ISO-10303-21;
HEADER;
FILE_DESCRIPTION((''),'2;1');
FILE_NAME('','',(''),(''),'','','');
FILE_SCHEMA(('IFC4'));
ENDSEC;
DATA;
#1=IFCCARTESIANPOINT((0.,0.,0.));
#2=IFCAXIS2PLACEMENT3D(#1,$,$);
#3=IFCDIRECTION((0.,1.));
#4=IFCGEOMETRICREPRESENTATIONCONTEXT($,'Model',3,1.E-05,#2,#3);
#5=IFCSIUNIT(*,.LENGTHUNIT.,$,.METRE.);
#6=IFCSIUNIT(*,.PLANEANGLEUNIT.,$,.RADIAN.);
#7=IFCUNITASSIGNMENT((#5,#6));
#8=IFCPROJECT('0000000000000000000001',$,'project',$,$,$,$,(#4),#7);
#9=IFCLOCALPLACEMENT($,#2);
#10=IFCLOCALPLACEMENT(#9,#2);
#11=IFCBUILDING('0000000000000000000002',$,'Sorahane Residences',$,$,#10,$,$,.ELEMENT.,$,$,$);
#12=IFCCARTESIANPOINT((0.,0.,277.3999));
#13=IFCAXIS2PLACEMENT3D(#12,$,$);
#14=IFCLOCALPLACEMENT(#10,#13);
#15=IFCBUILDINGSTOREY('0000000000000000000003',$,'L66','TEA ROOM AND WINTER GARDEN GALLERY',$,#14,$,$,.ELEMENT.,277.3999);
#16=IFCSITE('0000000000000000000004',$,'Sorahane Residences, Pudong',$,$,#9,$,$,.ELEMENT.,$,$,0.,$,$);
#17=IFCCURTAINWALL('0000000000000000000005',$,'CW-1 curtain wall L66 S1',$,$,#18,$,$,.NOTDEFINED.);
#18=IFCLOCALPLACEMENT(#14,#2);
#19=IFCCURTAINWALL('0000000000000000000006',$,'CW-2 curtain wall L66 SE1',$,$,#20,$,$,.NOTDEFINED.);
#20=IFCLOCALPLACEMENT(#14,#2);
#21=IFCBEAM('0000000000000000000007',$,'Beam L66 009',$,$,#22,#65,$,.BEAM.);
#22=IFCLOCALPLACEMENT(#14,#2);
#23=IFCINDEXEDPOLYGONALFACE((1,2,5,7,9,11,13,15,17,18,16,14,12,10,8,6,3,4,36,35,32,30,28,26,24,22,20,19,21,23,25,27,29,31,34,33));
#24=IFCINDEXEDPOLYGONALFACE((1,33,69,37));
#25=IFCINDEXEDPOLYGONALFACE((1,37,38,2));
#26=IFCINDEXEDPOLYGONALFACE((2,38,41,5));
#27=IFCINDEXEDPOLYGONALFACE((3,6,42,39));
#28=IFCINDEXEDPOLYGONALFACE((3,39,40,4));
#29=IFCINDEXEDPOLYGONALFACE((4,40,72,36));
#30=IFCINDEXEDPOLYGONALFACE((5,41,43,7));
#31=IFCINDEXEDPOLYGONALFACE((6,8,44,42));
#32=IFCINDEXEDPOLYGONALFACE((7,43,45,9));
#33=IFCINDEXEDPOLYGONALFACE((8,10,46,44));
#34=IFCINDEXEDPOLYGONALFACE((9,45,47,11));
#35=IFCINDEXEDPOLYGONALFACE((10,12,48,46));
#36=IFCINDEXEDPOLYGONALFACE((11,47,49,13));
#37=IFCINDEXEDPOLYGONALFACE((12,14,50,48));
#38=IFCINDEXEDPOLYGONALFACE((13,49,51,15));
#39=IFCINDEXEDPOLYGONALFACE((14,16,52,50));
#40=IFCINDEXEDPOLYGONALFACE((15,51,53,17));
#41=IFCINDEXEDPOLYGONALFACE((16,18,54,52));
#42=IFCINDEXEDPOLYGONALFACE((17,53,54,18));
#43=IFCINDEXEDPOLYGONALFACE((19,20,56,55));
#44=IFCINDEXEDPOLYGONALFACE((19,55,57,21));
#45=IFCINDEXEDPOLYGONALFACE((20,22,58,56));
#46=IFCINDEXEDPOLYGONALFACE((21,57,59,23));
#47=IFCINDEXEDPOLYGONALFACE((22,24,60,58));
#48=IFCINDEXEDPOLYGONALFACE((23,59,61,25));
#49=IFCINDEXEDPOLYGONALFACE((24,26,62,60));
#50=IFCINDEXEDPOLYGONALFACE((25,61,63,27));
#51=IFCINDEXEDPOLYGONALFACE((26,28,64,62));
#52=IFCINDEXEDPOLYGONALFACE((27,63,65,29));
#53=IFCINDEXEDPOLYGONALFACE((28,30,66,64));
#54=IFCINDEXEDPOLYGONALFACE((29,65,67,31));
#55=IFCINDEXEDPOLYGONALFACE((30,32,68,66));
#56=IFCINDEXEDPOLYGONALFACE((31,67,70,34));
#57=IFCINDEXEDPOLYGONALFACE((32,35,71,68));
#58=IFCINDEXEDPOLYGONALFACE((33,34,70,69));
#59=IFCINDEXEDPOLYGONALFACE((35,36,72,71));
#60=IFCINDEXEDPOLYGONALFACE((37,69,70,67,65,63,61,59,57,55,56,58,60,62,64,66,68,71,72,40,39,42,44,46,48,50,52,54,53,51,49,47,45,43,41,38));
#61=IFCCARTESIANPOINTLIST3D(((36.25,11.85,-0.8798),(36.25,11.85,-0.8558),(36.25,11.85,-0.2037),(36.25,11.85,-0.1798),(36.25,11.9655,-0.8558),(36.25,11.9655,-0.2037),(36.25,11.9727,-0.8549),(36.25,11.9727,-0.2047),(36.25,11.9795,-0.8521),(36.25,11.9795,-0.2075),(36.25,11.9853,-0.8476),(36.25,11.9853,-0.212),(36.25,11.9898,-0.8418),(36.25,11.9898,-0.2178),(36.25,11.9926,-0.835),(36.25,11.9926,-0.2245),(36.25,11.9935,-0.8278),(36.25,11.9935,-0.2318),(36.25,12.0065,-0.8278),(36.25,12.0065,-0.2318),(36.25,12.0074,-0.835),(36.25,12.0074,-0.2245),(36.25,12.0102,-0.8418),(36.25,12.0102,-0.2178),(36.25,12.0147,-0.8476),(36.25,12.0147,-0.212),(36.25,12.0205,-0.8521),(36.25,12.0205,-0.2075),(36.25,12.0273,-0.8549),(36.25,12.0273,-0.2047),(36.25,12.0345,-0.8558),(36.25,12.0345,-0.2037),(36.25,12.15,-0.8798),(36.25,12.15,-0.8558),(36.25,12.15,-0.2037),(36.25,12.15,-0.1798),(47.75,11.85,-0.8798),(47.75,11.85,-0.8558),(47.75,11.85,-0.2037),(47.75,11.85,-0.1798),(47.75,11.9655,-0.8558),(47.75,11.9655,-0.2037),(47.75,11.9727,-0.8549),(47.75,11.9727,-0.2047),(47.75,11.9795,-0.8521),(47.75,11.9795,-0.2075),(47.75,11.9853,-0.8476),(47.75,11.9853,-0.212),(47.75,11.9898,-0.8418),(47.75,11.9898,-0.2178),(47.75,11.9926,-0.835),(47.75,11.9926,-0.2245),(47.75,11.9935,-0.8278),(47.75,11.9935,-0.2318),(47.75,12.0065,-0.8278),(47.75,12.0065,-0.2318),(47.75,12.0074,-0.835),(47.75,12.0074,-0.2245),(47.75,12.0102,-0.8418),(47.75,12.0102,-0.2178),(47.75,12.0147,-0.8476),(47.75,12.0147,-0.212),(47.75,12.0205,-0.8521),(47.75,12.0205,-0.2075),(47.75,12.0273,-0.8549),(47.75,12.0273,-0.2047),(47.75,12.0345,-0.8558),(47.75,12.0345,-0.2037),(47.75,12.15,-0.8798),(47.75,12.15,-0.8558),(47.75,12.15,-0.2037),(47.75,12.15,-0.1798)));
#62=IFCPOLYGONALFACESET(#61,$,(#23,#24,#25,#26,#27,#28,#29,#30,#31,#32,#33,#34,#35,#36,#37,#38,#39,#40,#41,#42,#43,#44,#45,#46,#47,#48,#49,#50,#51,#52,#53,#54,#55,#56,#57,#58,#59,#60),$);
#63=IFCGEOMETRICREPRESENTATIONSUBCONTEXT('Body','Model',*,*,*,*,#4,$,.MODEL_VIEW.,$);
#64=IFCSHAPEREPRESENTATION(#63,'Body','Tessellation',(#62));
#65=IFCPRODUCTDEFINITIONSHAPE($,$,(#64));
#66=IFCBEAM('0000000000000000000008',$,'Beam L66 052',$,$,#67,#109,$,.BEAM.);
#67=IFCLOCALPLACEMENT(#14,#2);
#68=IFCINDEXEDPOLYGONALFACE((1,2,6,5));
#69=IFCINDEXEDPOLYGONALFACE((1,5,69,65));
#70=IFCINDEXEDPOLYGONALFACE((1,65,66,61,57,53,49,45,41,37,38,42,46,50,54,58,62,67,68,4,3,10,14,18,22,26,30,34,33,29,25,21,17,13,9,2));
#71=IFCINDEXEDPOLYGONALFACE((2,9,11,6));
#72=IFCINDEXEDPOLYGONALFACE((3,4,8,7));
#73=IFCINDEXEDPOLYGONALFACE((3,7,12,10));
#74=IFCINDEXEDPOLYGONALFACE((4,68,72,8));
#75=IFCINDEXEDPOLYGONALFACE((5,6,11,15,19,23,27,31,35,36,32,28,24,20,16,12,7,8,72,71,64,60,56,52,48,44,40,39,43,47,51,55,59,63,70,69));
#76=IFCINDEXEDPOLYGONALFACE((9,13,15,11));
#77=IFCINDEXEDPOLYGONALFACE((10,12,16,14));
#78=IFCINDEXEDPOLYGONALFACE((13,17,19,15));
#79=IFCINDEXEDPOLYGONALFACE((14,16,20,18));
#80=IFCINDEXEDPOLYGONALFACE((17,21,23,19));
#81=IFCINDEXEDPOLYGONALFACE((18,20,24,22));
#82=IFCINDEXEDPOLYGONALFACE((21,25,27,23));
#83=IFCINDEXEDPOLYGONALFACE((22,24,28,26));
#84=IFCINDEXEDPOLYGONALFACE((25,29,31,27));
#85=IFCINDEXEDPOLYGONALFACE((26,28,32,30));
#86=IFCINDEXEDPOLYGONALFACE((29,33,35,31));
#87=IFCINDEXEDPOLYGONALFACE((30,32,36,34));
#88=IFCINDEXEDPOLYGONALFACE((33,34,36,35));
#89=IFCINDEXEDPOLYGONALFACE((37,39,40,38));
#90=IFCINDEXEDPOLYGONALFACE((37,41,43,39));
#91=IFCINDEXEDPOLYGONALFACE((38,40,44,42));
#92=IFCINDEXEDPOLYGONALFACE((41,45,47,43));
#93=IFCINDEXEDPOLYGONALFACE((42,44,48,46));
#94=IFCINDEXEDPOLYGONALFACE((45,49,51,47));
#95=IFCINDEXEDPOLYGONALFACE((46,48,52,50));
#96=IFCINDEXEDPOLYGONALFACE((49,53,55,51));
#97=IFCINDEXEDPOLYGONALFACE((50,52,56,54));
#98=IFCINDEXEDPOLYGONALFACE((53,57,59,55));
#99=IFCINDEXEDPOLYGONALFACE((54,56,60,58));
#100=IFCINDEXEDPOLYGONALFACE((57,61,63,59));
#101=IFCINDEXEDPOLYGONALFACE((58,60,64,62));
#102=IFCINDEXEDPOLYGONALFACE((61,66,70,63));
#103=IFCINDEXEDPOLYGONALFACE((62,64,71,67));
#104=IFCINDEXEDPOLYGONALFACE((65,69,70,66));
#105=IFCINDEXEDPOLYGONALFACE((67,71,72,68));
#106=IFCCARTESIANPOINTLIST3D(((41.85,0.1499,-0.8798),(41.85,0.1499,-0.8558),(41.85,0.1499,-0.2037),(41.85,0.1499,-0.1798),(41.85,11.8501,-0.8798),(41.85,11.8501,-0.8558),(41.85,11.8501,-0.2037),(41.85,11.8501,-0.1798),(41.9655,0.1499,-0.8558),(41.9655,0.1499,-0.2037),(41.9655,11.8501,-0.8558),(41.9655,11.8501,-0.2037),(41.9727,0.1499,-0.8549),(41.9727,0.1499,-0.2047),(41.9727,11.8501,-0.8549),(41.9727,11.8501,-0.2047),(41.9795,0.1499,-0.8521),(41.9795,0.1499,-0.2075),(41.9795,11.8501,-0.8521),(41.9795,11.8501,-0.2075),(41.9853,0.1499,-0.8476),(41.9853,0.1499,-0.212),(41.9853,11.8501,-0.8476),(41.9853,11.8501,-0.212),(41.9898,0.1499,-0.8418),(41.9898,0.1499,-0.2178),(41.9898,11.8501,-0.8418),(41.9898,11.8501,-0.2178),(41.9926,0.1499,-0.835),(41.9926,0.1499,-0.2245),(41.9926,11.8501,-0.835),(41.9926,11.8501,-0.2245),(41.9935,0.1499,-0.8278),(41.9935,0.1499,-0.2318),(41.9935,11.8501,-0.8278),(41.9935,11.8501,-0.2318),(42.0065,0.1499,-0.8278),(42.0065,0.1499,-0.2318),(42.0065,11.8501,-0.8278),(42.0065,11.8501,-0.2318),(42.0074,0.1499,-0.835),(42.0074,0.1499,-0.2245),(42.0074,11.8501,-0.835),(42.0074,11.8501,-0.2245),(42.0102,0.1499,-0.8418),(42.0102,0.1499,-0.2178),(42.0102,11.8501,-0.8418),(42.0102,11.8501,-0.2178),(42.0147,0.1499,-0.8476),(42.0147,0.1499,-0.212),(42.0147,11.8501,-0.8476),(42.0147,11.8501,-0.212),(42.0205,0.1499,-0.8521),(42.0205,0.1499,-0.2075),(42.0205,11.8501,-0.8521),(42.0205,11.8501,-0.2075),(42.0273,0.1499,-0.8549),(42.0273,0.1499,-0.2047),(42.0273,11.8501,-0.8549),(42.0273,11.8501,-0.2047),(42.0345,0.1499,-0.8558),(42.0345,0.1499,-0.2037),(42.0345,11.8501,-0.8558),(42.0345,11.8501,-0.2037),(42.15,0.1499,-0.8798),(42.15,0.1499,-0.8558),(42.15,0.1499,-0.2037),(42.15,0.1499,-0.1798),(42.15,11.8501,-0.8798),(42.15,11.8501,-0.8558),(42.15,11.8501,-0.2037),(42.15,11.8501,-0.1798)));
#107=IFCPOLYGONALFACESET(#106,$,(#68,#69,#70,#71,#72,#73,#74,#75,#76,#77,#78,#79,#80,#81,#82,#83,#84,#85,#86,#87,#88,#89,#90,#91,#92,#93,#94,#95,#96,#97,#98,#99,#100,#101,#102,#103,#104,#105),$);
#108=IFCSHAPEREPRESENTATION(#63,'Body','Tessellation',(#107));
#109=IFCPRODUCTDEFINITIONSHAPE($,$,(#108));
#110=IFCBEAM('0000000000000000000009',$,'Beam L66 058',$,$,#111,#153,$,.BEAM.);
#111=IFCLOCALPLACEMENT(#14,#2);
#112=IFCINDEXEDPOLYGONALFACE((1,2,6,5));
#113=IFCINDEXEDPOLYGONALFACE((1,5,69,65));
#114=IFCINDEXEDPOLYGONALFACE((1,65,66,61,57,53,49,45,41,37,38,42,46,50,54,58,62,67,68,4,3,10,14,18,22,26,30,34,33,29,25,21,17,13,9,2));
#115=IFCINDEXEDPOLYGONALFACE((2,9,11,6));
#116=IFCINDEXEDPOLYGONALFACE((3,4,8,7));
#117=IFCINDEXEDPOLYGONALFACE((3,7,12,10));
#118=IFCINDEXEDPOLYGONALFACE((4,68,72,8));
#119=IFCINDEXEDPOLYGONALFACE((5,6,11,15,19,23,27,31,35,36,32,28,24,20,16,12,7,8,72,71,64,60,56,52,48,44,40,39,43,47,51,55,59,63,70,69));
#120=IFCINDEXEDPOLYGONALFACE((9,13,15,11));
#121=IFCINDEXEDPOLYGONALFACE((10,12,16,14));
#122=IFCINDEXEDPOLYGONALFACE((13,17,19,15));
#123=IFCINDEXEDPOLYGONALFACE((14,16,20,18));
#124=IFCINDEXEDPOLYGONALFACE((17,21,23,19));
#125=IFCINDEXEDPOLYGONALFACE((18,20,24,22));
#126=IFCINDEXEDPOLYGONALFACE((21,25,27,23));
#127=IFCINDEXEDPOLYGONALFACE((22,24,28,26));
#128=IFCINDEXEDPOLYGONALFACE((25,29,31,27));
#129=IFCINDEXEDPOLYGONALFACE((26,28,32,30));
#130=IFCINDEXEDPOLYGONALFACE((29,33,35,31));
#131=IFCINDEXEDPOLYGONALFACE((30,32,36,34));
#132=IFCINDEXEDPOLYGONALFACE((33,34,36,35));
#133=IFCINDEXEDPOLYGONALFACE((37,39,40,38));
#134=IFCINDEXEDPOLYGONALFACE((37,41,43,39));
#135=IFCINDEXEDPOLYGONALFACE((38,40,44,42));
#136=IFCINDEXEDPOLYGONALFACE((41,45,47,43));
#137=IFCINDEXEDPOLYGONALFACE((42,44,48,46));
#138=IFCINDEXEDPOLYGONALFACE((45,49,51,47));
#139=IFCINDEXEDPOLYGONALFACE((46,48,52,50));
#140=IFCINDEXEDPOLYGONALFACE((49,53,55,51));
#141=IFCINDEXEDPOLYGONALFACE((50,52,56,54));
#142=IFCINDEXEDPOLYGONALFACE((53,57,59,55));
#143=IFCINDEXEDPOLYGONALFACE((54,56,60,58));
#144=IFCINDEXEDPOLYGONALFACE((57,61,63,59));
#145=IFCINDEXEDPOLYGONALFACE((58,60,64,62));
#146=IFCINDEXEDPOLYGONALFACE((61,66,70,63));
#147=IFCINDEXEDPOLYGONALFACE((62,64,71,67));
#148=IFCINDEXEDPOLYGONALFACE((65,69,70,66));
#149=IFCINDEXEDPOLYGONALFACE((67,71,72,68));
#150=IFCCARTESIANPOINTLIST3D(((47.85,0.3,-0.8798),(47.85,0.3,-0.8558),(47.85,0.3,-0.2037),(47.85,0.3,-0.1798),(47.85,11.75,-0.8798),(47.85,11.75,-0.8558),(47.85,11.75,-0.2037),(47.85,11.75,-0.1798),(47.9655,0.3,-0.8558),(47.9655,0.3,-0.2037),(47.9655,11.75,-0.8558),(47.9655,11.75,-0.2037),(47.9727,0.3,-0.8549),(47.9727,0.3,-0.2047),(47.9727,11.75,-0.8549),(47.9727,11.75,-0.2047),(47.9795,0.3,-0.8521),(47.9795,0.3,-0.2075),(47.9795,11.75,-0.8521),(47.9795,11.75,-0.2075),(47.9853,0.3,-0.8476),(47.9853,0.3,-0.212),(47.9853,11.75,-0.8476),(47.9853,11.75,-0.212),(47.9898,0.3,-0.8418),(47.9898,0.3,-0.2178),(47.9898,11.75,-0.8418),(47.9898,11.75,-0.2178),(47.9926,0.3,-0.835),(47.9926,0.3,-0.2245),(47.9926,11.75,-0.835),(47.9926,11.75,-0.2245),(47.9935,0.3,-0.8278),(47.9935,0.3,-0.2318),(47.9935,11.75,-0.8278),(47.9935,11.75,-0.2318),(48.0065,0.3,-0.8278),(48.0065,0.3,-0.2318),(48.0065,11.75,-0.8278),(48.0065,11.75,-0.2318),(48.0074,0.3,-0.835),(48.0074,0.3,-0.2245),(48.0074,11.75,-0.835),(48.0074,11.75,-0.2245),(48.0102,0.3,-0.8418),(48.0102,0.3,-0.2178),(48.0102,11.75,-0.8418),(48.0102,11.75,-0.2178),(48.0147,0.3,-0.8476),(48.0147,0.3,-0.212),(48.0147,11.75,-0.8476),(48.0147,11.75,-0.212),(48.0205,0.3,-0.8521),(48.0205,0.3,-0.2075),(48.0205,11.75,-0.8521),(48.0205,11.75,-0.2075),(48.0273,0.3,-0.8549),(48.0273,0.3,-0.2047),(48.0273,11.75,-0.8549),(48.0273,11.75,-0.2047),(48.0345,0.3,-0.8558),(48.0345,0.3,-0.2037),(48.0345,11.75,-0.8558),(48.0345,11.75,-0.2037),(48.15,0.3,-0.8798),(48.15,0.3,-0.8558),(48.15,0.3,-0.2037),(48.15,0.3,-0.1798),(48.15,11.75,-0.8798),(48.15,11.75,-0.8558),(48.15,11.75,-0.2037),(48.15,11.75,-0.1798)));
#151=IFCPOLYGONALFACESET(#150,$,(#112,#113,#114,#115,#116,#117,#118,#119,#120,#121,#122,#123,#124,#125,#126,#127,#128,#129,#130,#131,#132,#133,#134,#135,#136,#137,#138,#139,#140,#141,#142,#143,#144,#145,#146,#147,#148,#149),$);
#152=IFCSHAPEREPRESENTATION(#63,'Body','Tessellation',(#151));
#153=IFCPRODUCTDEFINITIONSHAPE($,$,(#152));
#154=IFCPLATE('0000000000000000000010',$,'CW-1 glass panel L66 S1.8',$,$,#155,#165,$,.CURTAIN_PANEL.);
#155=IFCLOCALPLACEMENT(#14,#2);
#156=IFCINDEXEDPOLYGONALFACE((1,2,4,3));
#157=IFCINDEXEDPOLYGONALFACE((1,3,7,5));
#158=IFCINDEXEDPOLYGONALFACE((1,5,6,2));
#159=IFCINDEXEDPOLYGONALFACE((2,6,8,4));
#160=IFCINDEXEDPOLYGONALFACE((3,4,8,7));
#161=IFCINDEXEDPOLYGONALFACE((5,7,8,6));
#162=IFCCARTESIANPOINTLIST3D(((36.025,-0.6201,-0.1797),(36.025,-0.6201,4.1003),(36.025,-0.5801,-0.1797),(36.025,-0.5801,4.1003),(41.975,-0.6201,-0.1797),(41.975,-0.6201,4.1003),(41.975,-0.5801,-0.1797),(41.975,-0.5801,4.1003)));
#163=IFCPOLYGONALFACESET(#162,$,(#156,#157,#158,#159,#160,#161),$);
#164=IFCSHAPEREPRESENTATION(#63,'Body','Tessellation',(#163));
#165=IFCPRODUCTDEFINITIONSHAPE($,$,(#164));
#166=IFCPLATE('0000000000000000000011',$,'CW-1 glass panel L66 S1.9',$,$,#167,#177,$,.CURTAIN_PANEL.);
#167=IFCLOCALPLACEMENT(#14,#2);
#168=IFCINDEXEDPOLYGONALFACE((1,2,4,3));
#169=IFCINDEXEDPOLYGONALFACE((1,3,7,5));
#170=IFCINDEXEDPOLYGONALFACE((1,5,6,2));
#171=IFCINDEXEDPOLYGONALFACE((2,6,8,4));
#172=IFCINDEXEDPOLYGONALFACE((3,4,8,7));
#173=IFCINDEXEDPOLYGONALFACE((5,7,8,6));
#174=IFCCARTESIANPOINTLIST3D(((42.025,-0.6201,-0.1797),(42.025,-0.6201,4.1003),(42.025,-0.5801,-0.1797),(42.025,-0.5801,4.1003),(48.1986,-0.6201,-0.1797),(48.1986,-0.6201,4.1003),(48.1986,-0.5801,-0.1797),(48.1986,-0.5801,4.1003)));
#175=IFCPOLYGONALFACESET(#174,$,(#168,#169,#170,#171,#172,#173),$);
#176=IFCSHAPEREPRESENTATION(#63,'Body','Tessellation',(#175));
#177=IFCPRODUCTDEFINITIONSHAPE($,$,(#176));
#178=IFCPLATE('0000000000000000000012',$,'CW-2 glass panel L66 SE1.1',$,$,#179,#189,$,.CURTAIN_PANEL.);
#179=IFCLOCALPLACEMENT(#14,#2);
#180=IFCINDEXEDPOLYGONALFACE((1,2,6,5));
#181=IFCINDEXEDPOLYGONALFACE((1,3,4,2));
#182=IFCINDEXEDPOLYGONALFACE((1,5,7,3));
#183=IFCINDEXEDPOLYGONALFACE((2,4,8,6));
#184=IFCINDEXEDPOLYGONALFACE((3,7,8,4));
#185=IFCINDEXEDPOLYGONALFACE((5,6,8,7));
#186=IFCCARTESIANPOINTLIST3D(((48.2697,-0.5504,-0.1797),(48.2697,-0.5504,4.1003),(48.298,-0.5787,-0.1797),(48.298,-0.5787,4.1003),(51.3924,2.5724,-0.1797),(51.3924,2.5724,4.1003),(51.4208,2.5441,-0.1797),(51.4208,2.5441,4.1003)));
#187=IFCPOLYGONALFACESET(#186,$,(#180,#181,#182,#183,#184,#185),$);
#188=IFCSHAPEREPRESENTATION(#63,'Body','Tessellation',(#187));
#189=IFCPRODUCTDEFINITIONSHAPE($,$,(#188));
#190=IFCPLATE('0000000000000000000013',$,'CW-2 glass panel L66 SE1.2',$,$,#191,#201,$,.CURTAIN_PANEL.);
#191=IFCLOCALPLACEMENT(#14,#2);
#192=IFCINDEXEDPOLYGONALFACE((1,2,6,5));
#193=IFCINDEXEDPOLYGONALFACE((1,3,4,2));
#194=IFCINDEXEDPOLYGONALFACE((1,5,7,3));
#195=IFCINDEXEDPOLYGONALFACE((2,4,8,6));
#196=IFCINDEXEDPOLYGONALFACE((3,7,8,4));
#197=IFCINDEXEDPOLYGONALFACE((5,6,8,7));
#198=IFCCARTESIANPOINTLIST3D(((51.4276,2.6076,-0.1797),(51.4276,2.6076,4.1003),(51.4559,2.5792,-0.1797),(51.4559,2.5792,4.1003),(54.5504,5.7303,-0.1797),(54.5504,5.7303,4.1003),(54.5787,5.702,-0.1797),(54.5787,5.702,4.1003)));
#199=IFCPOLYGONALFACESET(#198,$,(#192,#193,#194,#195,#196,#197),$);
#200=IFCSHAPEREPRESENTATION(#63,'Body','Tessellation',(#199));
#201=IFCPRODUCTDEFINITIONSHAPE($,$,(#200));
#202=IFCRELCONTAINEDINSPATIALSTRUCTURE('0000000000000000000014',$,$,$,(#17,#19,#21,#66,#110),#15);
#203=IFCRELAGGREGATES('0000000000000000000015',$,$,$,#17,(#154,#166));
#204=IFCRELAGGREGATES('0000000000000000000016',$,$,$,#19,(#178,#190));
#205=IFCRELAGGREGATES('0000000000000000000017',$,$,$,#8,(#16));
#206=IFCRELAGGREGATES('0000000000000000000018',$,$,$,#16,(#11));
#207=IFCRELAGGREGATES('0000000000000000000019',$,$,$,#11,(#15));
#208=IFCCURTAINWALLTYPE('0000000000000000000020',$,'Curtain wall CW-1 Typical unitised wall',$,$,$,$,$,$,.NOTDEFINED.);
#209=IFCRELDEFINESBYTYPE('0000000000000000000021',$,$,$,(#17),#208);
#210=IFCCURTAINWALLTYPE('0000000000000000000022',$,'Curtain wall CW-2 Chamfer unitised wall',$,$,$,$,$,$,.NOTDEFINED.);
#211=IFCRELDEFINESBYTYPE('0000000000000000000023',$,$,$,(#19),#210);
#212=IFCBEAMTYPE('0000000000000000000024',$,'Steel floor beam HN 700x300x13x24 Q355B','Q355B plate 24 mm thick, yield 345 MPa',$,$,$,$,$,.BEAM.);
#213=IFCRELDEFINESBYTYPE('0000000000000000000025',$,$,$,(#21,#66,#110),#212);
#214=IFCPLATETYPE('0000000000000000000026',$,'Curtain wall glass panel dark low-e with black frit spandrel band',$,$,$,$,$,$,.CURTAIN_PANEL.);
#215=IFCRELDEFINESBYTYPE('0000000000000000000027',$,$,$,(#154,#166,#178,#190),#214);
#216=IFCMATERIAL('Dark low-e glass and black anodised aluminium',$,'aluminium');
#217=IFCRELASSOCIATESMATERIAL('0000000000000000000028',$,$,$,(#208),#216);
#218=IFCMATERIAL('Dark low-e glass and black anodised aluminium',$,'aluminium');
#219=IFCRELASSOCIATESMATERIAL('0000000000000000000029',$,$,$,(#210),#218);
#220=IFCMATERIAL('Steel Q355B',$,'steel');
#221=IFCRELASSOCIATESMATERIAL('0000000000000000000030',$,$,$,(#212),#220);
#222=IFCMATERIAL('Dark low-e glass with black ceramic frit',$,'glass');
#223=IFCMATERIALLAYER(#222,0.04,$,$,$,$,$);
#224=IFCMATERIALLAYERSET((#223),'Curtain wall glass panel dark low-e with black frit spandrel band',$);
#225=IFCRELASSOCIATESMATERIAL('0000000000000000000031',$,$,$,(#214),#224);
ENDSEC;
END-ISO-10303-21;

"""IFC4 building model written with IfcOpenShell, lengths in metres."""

from ifc_helpers import new_model, si_unit, direction, frame, origin, origin_2d, place, context, subcontext, project, spatial, rectangle, i_section, extrude, material, layer, layer_set, material_profile, profile_set, type_object, element, aggregate, save


model = new_model("IFC4")

# Units and contexts
model_context = context("Model", 3, precision=1e-05, world=origin(), true_north=direction((0.0, 1.0)))
body_context = subcontext(model_context, "Body", "Model", "MODEL_VIEW")
ifc_project = project(units=[si_unit("LENGTHUNIT", "METRE"), si_unit("PLANEANGLEUNIT", "RADIAN")], contexts=[model_context])

# Site, building, storey
site_placement = place(None, origin())
site = spatial("IfcSite", under=ifc_project, at=site_placement, Name="Sorahane Residences, Pudong", CompositionType="ELEMENT", RefElevation=0.0)
building_placement = place(site_placement, origin())
building = spatial("IfcBuilding", under=site, at=building_placement, Name="Sorahane Residences", CompositionType="ELEMENT")
storey_placement = place(building_placement, frame((0.0, 0.0, 277.3999)))
storey = spatial("IfcBuildingStorey", under=building, at=storey_placement, Name="L66", Description="TEA ROOM AND WINTER GARDEN GALLERY", CompositionType="ELEMENT", Elevation=277.3999)

# Curtain walls
ifc_material_1 = material(Name="Dark low-e glass and black anodised aluminium", Category="aluminium")
curtain_wall_type_1 = type_object("IfcCurtainWallType", Name="Curtain wall CW-1 Typical unitised wall", PredefinedType="NOTDEFINED", material=ifc_material_1)
curtain_wall_1_placement = place(storey_placement, origin())
curtain_wall_1 = element("IfcCurtainWall", 1, at=curtain_wall_1_placement, inside=storey, type_object=curtain_wall_type_1, Name="CW-1 curtain wall L66 S1", PredefinedType="NOTDEFINED")
ifc_material_2 = material(Name="Dark low-e glass and black anodised aluminium", Category="aluminium")
curtain_wall_type_2 = type_object("IfcCurtainWallType", Name="Curtain wall CW-2 Chamfer unitised wall", PredefinedType="NOTDEFINED", material=ifc_material_2)
curtain_wall_2_placement = place(storey_placement, origin())
curtain_wall_2 = element("IfcCurtainWall", 2, at=curtain_wall_2_placement, inside=storey, type_object=curtain_wall_type_2, Name="CW-2 curtain wall L66 SE1", PredefinedType="NOTDEFINED")

# Beams
ifc_material_3 = material(Name="Steel Q355B", Category="steel")
ifc_material_profile_1 = material_profile(ifc_material_3, i_section(OverallWidth=0.3, OverallDepth=0.7, WebThickness=0.0129, FlangeThickness=0.0239, FilletRadius=0.0281, at=origin_2d()), Name="HN 700x300x13x24")
ifc_profile_set_1 = profile_set([ifc_material_profile_1], Name="Steel Q355B")
beam_type_1 = type_object("IfcBeamType", Name="Steel floor beam HN 700x300x13x24 Q355B", Description="Q355B plate 24 mm thick, yield 345 MPa", PredefinedType="BEAM", material=ifc_profile_set_1)
beam_1_placement = place(storey_placement, frame((36.25, 12.0, -0.5298), z_axis=(1.0, 0.0, 0.0), x_axis=(0.0, 1.0, 0.0)))
element("IfcBeam", 3, at=beam_1_placement, inside=storey, type_object=beam_type_1, Name="Beam L66 009", PredefinedType="BEAM", context=body_context, shape_type="SweptSolid", body=[
    extrude(i_section(OverallWidth=0.3, OverallDepth=0.7, WebThickness=0.0129, FlangeThickness=0.0239, FilletRadius=0.0281, at=origin_2d()), origin(), (0.0, 0.0, 1.0), 11.5),
])
beam_2_placement = place(storey_placement, frame((42.0, 0.1499, -0.5298), z_axis=(0.0, 1.0, 0.0), x_axis=(-1.0, 0.0, 0.0)))
element("IfcBeam", 4, at=beam_2_placement, inside=storey, type_object=beam_type_1, Name="Beam L66 052", PredefinedType="BEAM", context=body_context, shape_type="SweptSolid", body=[
    extrude(i_section(OverallWidth=0.3, OverallDepth=0.7, WebThickness=0.0129, FlangeThickness=0.0239, FilletRadius=0.0281, at=origin_2d()), origin(), (0.0, 0.0, 1.0), 11.7002),
])
beam_3_placement = place(storey_placement, frame((48.0, 0.3, -0.5298), z_axis=(0.0, 1.0, 0.0), x_axis=(-1.0, 0.0, 0.0)))
element("IfcBeam", 5, at=beam_3_placement, inside=storey, type_object=beam_type_1, Name="Beam L66 058", PredefinedType="BEAM", context=body_context, shape_type="SweptSolid", body=[
    extrude(i_section(OverallWidth=0.3, OverallDepth=0.7, WebThickness=0.0129, FlangeThickness=0.0239, FilletRadius=0.0281, at=origin_2d()), origin(), (0.0, 0.0, 1.0), 11.45),
])

# Plates
ifc_material_4 = material(Name="Dark low-e glass with black ceramic frit", Category="glass")
ifc_layer_1 = layer(ifc_material_4, 0.04)
ifc_layer_set_1 = layer_set([ifc_layer_1], Name="Curtain wall glass panel dark low-e with black frit spandrel band")
plate_type = type_object("IfcPlateType", Name="Curtain wall glass panel dark low-e with black frit spandrel band", PredefinedType="CURTAIN_PANEL", material=ifc_layer_set_1)
plate_1_placement = place(storey_placement, frame((39.0, -0.6001, -0.1797), z_axis=(0.0, 0.0, 1.0), x_axis=(1.0, 0.0, 0.0)))
plate_1 = element("IfcPlate", 6, at=plate_1_placement, type_object=plate_type, Name="CW-1 glass panel L66 S1.8", PredefinedType="CURTAIN_PANEL", context=body_context, shape_type="SweptSolid", body=[
    extrude(rectangle(XDim=5.95, YDim=0.04, at=origin_2d()), origin(), (0.0, 0.0, 1.0), 4.28),
])
plate_2_placement = place(storey_placement, frame((45.1118, -0.6001, -0.1797), z_axis=(0.0, 0.0, 1.0), x_axis=(1.0, 0.0, 0.0)))
plate_2 = element("IfcPlate", 7, at=plate_2_placement, type_object=plate_type, Name="CW-1 glass panel L66 S1.9", PredefinedType="CURTAIN_PANEL", context=body_context, shape_type="SweptSolid", body=[
    extrude(rectangle(XDim=6.1736, YDim=0.04, at=origin_2d()), origin(), (0.0, 0.0, 1.0), 4.28),
])
aggregate(curtain_wall_1, [plate_1, plate_2])
plate_3_placement = place(storey_placement, frame((49.8452, 0.9968, -0.1797), z_axis=(0.0, 0.0, 1.0), x_axis=(0.707107, 0.707107, 0.0)))
plate_3 = element("IfcPlate", 8, at=plate_3_placement, type_object=plate_type, Name="CW-2 glass panel L66 SE1.1", PredefinedType="CURTAIN_PANEL", context=body_context, shape_type="SweptSolid", body=[
    extrude(rectangle(XDim=4.4163, YDim=0.04, at=origin_2d()), origin(), (0.0, 0.0, 1.0), 4.28),
])
plate_4_placement = place(storey_placement, frame((53.0032, 4.1548, -0.1797), z_axis=(0.0, 0.0, 1.0), x_axis=(0.707107, 0.707107, 0.0)))
plate_4 = element("IfcPlate", 9, at=plate_4_placement, type_object=plate_type, Name="CW-2 glass panel L66 SE1.2", PredefinedType="CURTAIN_PANEL", context=body_context, shape_type="SweptSolid", body=[
    extrude(rectangle(XDim=4.4163, YDim=0.04, at=origin_2d()), origin(), (0.0, 0.0, 1.0), 4.28),
])
aggregate(curtain_wall_2, [plate_3, plate_4])

save(model, "model.ifc")
